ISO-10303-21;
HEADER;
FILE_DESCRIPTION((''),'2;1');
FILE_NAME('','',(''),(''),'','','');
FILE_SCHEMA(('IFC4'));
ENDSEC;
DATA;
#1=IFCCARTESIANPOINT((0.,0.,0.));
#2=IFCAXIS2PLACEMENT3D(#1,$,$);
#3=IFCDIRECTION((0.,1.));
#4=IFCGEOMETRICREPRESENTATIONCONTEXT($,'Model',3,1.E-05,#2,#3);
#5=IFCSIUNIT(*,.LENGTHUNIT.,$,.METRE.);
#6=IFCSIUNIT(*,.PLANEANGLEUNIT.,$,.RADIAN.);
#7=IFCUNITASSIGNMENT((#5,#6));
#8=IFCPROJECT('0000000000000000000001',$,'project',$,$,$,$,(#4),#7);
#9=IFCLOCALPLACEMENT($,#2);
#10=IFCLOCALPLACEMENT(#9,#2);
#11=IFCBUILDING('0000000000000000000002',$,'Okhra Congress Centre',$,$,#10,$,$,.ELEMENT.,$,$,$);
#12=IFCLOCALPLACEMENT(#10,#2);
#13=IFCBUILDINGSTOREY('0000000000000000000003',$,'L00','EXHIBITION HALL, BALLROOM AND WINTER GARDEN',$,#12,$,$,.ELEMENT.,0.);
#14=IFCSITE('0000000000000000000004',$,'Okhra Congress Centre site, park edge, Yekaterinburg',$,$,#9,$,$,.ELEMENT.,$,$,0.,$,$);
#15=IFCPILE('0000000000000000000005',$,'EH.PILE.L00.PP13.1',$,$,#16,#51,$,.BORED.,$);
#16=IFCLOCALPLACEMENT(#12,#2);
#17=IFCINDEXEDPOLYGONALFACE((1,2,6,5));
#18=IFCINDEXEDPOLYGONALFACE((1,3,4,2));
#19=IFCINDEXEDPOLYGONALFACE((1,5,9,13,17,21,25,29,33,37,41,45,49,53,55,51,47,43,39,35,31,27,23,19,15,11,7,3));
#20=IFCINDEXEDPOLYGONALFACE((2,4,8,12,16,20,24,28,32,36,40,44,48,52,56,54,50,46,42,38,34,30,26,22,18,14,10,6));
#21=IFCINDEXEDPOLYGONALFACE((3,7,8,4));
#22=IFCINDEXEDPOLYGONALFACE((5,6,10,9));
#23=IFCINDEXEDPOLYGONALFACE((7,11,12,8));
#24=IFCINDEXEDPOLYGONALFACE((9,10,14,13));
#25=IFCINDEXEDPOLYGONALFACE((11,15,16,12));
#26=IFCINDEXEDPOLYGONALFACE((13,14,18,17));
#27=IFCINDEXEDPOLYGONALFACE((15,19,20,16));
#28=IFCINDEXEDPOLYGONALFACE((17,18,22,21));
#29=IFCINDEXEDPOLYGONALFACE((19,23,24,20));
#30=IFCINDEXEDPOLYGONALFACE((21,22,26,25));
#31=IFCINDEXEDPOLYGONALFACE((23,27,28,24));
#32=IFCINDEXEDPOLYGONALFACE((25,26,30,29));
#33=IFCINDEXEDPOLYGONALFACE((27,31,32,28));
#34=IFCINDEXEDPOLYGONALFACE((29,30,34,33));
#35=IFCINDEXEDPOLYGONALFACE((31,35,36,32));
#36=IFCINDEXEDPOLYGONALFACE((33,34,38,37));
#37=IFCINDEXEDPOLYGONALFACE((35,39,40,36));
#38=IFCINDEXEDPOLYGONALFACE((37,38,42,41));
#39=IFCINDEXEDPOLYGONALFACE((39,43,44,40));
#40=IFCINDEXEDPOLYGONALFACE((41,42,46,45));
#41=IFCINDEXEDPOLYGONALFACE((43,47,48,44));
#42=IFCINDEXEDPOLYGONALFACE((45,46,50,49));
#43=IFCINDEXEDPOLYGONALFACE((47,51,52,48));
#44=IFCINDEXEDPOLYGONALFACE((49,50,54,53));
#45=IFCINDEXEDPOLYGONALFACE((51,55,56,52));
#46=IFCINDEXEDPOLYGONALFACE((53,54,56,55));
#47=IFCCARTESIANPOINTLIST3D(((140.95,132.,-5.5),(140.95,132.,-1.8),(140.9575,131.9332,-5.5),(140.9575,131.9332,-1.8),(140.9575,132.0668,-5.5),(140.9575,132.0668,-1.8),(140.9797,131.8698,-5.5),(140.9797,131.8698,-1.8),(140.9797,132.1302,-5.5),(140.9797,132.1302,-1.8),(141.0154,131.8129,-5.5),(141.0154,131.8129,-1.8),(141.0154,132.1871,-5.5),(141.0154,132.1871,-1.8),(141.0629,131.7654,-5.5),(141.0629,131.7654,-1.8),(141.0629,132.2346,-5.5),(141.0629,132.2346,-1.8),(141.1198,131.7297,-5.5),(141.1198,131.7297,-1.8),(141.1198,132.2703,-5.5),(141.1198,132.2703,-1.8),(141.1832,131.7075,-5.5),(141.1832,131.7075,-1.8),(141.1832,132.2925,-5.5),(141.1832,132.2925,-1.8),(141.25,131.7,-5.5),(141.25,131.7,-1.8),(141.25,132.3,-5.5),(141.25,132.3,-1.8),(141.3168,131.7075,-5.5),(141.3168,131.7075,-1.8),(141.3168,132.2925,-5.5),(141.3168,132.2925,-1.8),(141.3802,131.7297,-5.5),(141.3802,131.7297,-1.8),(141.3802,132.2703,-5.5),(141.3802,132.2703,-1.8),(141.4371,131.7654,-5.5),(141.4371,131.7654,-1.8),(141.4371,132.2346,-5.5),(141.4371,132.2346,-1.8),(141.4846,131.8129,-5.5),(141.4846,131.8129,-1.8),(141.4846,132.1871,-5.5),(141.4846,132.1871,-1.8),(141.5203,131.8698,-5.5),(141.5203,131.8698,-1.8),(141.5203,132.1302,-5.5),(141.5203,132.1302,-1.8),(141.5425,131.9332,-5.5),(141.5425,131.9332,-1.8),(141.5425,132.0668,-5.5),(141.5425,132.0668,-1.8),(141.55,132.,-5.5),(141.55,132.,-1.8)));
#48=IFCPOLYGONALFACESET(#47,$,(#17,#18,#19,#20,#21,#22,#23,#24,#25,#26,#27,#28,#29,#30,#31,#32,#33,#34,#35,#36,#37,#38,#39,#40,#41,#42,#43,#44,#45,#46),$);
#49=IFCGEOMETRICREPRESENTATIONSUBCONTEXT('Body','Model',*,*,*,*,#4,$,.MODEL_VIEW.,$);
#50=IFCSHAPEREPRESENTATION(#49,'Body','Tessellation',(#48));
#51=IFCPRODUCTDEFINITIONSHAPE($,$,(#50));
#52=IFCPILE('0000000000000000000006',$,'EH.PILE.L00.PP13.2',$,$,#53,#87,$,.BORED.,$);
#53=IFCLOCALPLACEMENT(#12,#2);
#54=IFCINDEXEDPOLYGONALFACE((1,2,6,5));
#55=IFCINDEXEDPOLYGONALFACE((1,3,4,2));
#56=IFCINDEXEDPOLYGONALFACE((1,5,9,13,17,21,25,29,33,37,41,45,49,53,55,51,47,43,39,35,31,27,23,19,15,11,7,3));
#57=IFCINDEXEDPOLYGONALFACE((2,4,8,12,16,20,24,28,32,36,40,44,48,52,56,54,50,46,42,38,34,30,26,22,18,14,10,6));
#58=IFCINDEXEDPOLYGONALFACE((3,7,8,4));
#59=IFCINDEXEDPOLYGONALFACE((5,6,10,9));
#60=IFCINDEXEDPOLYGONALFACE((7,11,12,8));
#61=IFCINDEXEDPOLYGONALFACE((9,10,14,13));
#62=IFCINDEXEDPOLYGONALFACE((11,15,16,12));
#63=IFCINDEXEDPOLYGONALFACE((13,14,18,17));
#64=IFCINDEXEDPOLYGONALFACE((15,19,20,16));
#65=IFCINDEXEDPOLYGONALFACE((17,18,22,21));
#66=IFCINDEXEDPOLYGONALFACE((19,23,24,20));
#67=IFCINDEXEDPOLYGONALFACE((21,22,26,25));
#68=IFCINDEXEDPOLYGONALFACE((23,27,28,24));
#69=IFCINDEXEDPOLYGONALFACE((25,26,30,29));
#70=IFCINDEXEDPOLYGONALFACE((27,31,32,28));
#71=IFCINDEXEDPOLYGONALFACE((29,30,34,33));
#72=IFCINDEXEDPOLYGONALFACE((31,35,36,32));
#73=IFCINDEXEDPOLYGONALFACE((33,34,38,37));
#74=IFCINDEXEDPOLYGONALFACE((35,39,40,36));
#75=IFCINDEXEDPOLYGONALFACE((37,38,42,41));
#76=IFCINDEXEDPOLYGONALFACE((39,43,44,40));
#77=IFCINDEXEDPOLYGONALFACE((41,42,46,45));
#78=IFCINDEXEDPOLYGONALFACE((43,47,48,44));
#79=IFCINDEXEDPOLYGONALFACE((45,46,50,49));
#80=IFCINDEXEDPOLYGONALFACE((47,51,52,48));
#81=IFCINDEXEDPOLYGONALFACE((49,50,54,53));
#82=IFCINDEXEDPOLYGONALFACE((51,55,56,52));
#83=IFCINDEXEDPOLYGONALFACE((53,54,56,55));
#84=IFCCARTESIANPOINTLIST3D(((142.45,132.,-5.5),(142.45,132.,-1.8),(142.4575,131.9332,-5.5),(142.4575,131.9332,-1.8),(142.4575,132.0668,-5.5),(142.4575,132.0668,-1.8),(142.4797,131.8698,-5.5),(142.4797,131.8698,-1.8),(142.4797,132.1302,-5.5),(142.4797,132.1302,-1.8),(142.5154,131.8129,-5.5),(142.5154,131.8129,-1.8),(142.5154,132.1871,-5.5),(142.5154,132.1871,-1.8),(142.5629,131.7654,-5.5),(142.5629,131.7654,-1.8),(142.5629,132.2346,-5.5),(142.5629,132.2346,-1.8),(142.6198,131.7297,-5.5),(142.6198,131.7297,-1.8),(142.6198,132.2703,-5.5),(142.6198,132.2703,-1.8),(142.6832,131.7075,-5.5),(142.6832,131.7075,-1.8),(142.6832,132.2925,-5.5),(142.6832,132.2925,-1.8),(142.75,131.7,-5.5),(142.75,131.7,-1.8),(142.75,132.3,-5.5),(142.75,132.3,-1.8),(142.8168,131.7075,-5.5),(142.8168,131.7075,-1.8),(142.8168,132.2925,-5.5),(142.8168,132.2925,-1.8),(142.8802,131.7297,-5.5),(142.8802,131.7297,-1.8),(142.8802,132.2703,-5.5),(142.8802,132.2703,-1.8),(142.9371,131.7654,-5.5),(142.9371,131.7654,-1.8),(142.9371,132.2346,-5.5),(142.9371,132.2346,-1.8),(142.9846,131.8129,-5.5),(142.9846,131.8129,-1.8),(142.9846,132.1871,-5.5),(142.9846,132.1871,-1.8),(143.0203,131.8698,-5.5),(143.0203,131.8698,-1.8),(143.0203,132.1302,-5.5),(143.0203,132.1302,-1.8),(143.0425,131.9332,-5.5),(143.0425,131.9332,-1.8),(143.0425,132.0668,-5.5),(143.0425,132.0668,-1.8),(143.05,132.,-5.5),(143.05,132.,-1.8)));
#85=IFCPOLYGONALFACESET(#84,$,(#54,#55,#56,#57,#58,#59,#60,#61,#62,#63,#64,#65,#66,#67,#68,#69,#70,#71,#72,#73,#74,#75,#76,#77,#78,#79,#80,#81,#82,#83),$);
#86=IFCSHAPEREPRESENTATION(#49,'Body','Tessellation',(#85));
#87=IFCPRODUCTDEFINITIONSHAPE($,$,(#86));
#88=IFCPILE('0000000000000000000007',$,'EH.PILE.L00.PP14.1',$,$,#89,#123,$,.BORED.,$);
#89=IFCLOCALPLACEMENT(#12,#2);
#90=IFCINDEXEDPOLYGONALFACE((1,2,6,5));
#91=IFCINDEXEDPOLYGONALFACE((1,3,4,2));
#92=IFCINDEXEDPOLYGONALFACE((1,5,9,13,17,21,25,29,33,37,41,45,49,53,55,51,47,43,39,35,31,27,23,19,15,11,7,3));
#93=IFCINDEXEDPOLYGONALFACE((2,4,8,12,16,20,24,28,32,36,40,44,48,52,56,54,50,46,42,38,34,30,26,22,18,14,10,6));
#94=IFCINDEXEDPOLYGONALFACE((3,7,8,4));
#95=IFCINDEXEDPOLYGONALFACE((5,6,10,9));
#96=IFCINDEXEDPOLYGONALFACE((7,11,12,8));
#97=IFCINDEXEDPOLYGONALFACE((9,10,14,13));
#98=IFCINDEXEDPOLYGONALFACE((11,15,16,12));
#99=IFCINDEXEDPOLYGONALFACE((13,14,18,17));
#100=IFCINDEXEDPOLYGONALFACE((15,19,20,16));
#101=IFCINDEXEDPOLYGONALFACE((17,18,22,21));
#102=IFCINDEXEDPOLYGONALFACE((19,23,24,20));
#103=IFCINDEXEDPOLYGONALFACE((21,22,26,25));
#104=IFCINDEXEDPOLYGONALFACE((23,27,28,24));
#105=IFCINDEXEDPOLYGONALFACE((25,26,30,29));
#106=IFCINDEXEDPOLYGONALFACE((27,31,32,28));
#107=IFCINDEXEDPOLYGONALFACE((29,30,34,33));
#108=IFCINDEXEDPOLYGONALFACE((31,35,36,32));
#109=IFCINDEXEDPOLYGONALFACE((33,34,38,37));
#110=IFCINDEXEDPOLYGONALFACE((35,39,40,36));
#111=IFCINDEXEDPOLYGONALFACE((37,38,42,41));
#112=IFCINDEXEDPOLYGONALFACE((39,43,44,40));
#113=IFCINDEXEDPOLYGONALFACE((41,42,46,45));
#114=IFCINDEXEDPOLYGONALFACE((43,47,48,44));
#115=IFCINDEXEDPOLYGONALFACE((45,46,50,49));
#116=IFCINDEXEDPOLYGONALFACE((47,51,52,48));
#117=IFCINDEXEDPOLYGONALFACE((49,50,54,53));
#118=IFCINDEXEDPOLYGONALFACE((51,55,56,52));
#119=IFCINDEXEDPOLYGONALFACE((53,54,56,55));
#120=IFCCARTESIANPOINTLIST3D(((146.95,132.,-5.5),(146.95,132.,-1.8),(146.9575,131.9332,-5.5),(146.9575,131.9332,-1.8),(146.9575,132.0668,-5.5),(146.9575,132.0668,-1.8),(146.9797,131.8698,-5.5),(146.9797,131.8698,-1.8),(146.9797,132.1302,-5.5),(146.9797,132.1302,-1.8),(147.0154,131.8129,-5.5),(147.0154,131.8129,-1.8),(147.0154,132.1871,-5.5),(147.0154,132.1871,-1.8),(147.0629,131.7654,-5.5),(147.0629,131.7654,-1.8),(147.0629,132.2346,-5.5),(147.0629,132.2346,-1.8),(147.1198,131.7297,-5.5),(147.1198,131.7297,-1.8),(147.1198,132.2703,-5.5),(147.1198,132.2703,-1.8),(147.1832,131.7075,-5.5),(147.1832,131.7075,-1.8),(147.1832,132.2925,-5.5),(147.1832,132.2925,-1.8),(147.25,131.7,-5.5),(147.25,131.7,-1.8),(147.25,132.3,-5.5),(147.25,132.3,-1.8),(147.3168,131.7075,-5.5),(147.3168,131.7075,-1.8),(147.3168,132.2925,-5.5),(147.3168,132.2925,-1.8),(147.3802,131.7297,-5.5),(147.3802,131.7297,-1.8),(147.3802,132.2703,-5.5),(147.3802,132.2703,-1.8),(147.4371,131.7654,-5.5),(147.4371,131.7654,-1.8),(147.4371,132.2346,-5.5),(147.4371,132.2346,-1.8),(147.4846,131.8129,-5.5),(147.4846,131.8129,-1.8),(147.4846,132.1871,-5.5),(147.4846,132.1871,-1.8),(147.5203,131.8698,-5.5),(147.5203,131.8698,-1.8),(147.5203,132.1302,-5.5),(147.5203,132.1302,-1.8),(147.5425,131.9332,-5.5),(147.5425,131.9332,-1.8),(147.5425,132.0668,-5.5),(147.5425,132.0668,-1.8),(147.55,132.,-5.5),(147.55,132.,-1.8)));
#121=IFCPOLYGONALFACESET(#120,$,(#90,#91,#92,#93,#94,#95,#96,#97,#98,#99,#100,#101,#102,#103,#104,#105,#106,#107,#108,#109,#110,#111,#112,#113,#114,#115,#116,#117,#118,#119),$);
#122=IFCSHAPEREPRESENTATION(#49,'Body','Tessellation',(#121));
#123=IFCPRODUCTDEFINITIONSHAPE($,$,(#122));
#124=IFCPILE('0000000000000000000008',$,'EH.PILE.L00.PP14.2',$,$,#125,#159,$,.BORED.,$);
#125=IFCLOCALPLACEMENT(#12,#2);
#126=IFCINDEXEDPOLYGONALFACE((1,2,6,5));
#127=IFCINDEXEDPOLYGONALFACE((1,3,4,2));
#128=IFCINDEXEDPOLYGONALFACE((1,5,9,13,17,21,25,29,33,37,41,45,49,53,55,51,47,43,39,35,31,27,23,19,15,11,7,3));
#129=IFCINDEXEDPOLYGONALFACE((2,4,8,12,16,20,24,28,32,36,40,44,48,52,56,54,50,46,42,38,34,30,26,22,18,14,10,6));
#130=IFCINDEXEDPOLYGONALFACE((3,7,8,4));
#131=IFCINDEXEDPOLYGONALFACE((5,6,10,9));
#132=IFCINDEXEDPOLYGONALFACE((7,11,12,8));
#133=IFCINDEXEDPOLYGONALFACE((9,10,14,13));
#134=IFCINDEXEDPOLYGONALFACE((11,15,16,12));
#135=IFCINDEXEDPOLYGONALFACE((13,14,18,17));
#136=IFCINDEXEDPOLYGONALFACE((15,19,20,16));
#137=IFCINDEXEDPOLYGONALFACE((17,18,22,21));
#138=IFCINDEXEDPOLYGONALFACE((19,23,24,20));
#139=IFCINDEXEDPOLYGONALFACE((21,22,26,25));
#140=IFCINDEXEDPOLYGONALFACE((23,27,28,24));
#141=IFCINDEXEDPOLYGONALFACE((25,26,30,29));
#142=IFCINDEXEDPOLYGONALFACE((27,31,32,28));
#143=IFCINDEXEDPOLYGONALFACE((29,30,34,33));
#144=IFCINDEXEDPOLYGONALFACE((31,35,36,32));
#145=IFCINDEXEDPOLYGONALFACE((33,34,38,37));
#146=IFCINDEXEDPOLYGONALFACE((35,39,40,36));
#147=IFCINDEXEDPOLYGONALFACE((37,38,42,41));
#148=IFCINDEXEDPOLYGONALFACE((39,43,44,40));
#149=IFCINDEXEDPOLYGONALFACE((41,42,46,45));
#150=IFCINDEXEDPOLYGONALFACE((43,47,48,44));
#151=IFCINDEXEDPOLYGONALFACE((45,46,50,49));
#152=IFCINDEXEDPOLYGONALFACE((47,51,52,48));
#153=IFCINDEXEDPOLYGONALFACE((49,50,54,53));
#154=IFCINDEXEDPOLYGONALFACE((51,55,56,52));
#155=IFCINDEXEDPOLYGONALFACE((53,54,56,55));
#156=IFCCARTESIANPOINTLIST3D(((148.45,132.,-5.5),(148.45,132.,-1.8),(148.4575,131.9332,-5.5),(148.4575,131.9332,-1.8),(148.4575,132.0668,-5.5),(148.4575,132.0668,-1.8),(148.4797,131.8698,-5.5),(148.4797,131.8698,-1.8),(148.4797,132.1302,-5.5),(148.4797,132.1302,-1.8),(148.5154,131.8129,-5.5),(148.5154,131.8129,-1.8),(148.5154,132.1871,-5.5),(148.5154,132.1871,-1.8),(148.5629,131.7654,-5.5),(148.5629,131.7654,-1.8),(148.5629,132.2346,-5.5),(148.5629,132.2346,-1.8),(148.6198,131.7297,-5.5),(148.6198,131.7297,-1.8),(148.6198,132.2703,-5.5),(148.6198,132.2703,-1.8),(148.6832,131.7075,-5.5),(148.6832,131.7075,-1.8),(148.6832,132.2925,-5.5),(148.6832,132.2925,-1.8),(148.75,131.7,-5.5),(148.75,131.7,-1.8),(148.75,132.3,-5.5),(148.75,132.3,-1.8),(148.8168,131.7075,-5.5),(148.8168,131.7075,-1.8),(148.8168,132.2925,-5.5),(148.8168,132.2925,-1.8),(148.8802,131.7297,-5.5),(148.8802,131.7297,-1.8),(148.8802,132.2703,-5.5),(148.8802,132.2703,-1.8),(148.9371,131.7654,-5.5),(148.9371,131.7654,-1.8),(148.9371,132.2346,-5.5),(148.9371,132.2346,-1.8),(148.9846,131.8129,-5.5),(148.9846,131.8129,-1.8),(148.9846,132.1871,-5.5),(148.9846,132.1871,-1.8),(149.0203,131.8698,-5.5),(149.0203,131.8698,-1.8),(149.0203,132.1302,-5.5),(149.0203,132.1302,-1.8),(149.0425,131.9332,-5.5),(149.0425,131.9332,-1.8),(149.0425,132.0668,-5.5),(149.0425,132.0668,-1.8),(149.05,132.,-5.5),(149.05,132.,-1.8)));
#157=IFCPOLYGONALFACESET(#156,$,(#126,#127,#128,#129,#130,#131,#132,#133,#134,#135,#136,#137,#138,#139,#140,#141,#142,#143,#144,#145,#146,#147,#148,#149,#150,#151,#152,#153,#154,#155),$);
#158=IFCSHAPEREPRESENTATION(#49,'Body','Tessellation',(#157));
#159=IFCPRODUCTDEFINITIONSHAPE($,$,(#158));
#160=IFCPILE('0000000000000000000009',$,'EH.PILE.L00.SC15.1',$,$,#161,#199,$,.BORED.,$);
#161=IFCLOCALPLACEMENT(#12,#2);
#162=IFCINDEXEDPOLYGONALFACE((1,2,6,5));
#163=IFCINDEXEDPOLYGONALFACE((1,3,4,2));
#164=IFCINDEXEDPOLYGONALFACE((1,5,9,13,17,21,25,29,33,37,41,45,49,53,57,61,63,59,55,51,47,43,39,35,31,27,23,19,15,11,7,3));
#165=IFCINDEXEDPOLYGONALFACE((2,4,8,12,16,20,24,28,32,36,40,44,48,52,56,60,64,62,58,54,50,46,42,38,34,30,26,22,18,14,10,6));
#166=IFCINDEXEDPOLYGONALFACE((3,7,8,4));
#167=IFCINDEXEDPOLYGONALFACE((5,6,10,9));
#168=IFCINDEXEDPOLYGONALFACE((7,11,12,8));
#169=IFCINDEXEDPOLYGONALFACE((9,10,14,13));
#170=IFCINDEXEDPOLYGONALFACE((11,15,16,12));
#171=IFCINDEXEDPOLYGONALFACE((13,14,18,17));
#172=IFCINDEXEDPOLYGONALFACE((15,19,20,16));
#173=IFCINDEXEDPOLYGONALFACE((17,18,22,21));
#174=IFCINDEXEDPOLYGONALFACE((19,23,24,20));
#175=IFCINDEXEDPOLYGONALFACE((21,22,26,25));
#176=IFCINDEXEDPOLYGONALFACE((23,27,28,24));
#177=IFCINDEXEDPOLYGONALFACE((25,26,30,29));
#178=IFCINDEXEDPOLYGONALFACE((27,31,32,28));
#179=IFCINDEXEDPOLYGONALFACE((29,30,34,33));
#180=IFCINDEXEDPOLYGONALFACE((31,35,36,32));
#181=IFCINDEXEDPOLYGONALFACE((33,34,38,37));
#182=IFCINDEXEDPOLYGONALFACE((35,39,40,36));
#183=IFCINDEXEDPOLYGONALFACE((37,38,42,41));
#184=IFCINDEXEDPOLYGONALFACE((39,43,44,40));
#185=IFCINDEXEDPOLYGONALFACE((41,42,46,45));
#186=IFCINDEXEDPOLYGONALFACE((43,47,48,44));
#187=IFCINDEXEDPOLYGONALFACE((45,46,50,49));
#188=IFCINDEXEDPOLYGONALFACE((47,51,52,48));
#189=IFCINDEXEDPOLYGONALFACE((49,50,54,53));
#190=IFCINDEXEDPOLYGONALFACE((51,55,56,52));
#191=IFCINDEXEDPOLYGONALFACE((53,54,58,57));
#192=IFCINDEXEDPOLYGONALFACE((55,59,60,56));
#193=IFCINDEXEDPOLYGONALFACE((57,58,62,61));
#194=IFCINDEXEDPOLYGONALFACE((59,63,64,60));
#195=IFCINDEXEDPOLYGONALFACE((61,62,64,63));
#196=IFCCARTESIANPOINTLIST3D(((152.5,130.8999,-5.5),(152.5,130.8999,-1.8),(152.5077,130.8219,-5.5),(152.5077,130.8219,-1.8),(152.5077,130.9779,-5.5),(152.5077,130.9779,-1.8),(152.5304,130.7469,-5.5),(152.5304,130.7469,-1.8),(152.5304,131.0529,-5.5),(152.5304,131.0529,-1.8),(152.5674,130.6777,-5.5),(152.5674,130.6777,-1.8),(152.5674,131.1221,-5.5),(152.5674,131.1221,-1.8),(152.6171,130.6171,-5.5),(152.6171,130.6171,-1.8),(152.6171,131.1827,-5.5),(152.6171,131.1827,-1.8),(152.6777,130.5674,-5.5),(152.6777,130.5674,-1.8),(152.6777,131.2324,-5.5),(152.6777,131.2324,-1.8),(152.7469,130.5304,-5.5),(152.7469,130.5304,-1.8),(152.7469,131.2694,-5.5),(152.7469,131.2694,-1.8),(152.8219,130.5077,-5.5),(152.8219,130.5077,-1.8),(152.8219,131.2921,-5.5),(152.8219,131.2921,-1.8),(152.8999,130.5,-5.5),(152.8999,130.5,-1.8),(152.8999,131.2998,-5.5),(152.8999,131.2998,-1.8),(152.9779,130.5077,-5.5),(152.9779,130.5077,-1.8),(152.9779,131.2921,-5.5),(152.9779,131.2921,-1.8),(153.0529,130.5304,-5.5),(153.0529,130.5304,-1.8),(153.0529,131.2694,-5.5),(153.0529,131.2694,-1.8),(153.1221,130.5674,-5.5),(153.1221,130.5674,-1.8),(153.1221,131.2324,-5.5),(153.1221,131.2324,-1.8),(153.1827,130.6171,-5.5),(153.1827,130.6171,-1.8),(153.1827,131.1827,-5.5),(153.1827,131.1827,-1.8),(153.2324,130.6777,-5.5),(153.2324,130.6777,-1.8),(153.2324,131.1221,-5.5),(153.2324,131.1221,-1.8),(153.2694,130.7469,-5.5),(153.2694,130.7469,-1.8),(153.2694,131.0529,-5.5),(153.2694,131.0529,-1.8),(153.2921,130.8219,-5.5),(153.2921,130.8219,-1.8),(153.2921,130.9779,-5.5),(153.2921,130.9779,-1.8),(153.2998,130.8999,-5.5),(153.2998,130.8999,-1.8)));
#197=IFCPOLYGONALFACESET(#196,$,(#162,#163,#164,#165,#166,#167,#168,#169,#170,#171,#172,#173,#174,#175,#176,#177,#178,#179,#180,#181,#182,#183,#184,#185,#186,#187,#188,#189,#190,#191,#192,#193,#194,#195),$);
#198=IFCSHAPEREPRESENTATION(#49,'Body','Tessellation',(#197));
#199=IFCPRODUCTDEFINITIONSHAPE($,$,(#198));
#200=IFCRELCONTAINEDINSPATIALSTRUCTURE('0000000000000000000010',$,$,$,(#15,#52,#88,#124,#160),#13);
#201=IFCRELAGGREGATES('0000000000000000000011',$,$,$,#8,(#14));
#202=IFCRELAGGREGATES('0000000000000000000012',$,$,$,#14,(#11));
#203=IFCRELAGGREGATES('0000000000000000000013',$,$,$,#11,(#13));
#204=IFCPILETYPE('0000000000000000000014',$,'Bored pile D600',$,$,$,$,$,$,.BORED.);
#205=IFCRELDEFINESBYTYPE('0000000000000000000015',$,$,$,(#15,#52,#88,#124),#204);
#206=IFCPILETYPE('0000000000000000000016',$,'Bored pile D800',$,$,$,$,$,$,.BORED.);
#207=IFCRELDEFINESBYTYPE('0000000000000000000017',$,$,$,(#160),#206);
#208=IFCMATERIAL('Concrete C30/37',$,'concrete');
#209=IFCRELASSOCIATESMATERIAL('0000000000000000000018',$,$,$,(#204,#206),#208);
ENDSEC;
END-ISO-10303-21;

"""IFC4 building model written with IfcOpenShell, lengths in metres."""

from ifc_helpers import new_model, si_unit, direction, frame, origin, origin_2d, place, context, subcontext, project, spatial, circle, extrude, material, material_profile, profile_set, type_object, element, save


model = new_model("IFC4")

# Units and contexts
model_context = context("Model", 3, precision=1e-05, world=origin(), true_north=direction((0.0, 1.0)))
body_context = subcontext(model_context, "Body", "Model", "MODEL_VIEW")
ifc_project = project(units=[si_unit("LENGTHUNIT", "METRE"), si_unit("PLANEANGLEUNIT", "RADIAN")], contexts=[model_context])

# Site, building, storey
site_placement = place(None, origin())
site = spatial("IfcSite", under=ifc_project, at=site_placement, Name="Okhra Congress Centre site, park edge, Yekaterinburg", CompositionType="ELEMENT", RefElevation=0.0)
building_placement = place(site_placement, origin())
building = spatial("IfcBuilding", under=site, at=building_placement, Name="Okhra Congress Centre", CompositionType="ELEMENT")
storey_placement = place(building_placement, origin())
storey = spatial("IfcBuildingStorey", under=building, at=storey_placement, Name="L00", Description="EXHIBITION HALL, BALLROOM AND WINTER GARDEN", CompositionType="ELEMENT", Elevation=0.0)

# Piles
ifc_material_1 = material(Name="Concrete C30/37", Category="concrete")
ifc_material_profile_1 = material_profile(ifc_material_1, circle(Radius=0.3, at=origin_2d()), Name="D600")
ifc_profile_set_1 = profile_set([ifc_material_profile_1], Name="Concrete C30/37")
pile_type_1 = type_object("IfcPileType", Name="Bored pile D600", PredefinedType="BORED", material=ifc_profile_set_1)
for number, where, z_axis, x_axis, name in (
    (1, (141.25, 132.0, -1.8), (0.0, 0.0, -1.0), (1.0, 0.0, 0.0), "EH.PILE.L00.PP13.1"),
    (2, (142.75, 132.0, -1.8), (0.0, 0.0, -1.0), (1.0, 0.0, 0.0), "EH.PILE.L00.PP13.2"),
    (3, (147.25, 132.0, -1.8), (0.0, 0.0, -1.0), (1.0, 0.0, 0.0), "EH.PILE.L00.PP14.1"),
    (4, (148.75, 132.0, -1.8), (0.0, 0.0, -1.0), (1.0, 0.0, 0.0), "EH.PILE.L00.PP14.2"),
):
    element("IfcPile", number, at=place(storey_placement, frame(where, z_axis=z_axis, x_axis=x_axis)), inside=storey, type_object=pile_type_1, Name=name, PredefinedType="BORED", context=body_context, shape_type="SweptSolid", body=[
        extrude(circle(Radius=0.3, at=origin_2d()), origin(), (0.0, 0.0, 1.0), 3.7),
    ])
ifc_material_profile_2 = material_profile(ifc_material_1, circle(Radius=0.3999, at=origin_2d()), Name="D800")
ifc_profile_set_2 = profile_set([ifc_material_profile_2], Name="Concrete C30/37")
pile_type_2 = type_object("IfcPileType", Name="Bored pile D800", PredefinedType="BORED", material=ifc_profile_set_2)
for number, where, z_axis, x_axis, name in (
    (5, (152.8999, 130.8999, -1.8), (0.0, 0.0, -1.0), (1.0, 0.0, 0.0), "EH.PILE.L00.SC15.1"),
):
    element("IfcPile", number, at=place(storey_placement, frame(where, z_axis=z_axis, x_axis=x_axis)), inside=storey, type_object=pile_type_2, Name=name, PredefinedType="BORED", context=body_context, shape_type="SweptSolid", body=[
        extrude(circle(Radius=0.3999, at=origin_2d()), origin(), (0.0, 0.0, 1.0), 3.7),
    ])

save(model, "model.ifc")
